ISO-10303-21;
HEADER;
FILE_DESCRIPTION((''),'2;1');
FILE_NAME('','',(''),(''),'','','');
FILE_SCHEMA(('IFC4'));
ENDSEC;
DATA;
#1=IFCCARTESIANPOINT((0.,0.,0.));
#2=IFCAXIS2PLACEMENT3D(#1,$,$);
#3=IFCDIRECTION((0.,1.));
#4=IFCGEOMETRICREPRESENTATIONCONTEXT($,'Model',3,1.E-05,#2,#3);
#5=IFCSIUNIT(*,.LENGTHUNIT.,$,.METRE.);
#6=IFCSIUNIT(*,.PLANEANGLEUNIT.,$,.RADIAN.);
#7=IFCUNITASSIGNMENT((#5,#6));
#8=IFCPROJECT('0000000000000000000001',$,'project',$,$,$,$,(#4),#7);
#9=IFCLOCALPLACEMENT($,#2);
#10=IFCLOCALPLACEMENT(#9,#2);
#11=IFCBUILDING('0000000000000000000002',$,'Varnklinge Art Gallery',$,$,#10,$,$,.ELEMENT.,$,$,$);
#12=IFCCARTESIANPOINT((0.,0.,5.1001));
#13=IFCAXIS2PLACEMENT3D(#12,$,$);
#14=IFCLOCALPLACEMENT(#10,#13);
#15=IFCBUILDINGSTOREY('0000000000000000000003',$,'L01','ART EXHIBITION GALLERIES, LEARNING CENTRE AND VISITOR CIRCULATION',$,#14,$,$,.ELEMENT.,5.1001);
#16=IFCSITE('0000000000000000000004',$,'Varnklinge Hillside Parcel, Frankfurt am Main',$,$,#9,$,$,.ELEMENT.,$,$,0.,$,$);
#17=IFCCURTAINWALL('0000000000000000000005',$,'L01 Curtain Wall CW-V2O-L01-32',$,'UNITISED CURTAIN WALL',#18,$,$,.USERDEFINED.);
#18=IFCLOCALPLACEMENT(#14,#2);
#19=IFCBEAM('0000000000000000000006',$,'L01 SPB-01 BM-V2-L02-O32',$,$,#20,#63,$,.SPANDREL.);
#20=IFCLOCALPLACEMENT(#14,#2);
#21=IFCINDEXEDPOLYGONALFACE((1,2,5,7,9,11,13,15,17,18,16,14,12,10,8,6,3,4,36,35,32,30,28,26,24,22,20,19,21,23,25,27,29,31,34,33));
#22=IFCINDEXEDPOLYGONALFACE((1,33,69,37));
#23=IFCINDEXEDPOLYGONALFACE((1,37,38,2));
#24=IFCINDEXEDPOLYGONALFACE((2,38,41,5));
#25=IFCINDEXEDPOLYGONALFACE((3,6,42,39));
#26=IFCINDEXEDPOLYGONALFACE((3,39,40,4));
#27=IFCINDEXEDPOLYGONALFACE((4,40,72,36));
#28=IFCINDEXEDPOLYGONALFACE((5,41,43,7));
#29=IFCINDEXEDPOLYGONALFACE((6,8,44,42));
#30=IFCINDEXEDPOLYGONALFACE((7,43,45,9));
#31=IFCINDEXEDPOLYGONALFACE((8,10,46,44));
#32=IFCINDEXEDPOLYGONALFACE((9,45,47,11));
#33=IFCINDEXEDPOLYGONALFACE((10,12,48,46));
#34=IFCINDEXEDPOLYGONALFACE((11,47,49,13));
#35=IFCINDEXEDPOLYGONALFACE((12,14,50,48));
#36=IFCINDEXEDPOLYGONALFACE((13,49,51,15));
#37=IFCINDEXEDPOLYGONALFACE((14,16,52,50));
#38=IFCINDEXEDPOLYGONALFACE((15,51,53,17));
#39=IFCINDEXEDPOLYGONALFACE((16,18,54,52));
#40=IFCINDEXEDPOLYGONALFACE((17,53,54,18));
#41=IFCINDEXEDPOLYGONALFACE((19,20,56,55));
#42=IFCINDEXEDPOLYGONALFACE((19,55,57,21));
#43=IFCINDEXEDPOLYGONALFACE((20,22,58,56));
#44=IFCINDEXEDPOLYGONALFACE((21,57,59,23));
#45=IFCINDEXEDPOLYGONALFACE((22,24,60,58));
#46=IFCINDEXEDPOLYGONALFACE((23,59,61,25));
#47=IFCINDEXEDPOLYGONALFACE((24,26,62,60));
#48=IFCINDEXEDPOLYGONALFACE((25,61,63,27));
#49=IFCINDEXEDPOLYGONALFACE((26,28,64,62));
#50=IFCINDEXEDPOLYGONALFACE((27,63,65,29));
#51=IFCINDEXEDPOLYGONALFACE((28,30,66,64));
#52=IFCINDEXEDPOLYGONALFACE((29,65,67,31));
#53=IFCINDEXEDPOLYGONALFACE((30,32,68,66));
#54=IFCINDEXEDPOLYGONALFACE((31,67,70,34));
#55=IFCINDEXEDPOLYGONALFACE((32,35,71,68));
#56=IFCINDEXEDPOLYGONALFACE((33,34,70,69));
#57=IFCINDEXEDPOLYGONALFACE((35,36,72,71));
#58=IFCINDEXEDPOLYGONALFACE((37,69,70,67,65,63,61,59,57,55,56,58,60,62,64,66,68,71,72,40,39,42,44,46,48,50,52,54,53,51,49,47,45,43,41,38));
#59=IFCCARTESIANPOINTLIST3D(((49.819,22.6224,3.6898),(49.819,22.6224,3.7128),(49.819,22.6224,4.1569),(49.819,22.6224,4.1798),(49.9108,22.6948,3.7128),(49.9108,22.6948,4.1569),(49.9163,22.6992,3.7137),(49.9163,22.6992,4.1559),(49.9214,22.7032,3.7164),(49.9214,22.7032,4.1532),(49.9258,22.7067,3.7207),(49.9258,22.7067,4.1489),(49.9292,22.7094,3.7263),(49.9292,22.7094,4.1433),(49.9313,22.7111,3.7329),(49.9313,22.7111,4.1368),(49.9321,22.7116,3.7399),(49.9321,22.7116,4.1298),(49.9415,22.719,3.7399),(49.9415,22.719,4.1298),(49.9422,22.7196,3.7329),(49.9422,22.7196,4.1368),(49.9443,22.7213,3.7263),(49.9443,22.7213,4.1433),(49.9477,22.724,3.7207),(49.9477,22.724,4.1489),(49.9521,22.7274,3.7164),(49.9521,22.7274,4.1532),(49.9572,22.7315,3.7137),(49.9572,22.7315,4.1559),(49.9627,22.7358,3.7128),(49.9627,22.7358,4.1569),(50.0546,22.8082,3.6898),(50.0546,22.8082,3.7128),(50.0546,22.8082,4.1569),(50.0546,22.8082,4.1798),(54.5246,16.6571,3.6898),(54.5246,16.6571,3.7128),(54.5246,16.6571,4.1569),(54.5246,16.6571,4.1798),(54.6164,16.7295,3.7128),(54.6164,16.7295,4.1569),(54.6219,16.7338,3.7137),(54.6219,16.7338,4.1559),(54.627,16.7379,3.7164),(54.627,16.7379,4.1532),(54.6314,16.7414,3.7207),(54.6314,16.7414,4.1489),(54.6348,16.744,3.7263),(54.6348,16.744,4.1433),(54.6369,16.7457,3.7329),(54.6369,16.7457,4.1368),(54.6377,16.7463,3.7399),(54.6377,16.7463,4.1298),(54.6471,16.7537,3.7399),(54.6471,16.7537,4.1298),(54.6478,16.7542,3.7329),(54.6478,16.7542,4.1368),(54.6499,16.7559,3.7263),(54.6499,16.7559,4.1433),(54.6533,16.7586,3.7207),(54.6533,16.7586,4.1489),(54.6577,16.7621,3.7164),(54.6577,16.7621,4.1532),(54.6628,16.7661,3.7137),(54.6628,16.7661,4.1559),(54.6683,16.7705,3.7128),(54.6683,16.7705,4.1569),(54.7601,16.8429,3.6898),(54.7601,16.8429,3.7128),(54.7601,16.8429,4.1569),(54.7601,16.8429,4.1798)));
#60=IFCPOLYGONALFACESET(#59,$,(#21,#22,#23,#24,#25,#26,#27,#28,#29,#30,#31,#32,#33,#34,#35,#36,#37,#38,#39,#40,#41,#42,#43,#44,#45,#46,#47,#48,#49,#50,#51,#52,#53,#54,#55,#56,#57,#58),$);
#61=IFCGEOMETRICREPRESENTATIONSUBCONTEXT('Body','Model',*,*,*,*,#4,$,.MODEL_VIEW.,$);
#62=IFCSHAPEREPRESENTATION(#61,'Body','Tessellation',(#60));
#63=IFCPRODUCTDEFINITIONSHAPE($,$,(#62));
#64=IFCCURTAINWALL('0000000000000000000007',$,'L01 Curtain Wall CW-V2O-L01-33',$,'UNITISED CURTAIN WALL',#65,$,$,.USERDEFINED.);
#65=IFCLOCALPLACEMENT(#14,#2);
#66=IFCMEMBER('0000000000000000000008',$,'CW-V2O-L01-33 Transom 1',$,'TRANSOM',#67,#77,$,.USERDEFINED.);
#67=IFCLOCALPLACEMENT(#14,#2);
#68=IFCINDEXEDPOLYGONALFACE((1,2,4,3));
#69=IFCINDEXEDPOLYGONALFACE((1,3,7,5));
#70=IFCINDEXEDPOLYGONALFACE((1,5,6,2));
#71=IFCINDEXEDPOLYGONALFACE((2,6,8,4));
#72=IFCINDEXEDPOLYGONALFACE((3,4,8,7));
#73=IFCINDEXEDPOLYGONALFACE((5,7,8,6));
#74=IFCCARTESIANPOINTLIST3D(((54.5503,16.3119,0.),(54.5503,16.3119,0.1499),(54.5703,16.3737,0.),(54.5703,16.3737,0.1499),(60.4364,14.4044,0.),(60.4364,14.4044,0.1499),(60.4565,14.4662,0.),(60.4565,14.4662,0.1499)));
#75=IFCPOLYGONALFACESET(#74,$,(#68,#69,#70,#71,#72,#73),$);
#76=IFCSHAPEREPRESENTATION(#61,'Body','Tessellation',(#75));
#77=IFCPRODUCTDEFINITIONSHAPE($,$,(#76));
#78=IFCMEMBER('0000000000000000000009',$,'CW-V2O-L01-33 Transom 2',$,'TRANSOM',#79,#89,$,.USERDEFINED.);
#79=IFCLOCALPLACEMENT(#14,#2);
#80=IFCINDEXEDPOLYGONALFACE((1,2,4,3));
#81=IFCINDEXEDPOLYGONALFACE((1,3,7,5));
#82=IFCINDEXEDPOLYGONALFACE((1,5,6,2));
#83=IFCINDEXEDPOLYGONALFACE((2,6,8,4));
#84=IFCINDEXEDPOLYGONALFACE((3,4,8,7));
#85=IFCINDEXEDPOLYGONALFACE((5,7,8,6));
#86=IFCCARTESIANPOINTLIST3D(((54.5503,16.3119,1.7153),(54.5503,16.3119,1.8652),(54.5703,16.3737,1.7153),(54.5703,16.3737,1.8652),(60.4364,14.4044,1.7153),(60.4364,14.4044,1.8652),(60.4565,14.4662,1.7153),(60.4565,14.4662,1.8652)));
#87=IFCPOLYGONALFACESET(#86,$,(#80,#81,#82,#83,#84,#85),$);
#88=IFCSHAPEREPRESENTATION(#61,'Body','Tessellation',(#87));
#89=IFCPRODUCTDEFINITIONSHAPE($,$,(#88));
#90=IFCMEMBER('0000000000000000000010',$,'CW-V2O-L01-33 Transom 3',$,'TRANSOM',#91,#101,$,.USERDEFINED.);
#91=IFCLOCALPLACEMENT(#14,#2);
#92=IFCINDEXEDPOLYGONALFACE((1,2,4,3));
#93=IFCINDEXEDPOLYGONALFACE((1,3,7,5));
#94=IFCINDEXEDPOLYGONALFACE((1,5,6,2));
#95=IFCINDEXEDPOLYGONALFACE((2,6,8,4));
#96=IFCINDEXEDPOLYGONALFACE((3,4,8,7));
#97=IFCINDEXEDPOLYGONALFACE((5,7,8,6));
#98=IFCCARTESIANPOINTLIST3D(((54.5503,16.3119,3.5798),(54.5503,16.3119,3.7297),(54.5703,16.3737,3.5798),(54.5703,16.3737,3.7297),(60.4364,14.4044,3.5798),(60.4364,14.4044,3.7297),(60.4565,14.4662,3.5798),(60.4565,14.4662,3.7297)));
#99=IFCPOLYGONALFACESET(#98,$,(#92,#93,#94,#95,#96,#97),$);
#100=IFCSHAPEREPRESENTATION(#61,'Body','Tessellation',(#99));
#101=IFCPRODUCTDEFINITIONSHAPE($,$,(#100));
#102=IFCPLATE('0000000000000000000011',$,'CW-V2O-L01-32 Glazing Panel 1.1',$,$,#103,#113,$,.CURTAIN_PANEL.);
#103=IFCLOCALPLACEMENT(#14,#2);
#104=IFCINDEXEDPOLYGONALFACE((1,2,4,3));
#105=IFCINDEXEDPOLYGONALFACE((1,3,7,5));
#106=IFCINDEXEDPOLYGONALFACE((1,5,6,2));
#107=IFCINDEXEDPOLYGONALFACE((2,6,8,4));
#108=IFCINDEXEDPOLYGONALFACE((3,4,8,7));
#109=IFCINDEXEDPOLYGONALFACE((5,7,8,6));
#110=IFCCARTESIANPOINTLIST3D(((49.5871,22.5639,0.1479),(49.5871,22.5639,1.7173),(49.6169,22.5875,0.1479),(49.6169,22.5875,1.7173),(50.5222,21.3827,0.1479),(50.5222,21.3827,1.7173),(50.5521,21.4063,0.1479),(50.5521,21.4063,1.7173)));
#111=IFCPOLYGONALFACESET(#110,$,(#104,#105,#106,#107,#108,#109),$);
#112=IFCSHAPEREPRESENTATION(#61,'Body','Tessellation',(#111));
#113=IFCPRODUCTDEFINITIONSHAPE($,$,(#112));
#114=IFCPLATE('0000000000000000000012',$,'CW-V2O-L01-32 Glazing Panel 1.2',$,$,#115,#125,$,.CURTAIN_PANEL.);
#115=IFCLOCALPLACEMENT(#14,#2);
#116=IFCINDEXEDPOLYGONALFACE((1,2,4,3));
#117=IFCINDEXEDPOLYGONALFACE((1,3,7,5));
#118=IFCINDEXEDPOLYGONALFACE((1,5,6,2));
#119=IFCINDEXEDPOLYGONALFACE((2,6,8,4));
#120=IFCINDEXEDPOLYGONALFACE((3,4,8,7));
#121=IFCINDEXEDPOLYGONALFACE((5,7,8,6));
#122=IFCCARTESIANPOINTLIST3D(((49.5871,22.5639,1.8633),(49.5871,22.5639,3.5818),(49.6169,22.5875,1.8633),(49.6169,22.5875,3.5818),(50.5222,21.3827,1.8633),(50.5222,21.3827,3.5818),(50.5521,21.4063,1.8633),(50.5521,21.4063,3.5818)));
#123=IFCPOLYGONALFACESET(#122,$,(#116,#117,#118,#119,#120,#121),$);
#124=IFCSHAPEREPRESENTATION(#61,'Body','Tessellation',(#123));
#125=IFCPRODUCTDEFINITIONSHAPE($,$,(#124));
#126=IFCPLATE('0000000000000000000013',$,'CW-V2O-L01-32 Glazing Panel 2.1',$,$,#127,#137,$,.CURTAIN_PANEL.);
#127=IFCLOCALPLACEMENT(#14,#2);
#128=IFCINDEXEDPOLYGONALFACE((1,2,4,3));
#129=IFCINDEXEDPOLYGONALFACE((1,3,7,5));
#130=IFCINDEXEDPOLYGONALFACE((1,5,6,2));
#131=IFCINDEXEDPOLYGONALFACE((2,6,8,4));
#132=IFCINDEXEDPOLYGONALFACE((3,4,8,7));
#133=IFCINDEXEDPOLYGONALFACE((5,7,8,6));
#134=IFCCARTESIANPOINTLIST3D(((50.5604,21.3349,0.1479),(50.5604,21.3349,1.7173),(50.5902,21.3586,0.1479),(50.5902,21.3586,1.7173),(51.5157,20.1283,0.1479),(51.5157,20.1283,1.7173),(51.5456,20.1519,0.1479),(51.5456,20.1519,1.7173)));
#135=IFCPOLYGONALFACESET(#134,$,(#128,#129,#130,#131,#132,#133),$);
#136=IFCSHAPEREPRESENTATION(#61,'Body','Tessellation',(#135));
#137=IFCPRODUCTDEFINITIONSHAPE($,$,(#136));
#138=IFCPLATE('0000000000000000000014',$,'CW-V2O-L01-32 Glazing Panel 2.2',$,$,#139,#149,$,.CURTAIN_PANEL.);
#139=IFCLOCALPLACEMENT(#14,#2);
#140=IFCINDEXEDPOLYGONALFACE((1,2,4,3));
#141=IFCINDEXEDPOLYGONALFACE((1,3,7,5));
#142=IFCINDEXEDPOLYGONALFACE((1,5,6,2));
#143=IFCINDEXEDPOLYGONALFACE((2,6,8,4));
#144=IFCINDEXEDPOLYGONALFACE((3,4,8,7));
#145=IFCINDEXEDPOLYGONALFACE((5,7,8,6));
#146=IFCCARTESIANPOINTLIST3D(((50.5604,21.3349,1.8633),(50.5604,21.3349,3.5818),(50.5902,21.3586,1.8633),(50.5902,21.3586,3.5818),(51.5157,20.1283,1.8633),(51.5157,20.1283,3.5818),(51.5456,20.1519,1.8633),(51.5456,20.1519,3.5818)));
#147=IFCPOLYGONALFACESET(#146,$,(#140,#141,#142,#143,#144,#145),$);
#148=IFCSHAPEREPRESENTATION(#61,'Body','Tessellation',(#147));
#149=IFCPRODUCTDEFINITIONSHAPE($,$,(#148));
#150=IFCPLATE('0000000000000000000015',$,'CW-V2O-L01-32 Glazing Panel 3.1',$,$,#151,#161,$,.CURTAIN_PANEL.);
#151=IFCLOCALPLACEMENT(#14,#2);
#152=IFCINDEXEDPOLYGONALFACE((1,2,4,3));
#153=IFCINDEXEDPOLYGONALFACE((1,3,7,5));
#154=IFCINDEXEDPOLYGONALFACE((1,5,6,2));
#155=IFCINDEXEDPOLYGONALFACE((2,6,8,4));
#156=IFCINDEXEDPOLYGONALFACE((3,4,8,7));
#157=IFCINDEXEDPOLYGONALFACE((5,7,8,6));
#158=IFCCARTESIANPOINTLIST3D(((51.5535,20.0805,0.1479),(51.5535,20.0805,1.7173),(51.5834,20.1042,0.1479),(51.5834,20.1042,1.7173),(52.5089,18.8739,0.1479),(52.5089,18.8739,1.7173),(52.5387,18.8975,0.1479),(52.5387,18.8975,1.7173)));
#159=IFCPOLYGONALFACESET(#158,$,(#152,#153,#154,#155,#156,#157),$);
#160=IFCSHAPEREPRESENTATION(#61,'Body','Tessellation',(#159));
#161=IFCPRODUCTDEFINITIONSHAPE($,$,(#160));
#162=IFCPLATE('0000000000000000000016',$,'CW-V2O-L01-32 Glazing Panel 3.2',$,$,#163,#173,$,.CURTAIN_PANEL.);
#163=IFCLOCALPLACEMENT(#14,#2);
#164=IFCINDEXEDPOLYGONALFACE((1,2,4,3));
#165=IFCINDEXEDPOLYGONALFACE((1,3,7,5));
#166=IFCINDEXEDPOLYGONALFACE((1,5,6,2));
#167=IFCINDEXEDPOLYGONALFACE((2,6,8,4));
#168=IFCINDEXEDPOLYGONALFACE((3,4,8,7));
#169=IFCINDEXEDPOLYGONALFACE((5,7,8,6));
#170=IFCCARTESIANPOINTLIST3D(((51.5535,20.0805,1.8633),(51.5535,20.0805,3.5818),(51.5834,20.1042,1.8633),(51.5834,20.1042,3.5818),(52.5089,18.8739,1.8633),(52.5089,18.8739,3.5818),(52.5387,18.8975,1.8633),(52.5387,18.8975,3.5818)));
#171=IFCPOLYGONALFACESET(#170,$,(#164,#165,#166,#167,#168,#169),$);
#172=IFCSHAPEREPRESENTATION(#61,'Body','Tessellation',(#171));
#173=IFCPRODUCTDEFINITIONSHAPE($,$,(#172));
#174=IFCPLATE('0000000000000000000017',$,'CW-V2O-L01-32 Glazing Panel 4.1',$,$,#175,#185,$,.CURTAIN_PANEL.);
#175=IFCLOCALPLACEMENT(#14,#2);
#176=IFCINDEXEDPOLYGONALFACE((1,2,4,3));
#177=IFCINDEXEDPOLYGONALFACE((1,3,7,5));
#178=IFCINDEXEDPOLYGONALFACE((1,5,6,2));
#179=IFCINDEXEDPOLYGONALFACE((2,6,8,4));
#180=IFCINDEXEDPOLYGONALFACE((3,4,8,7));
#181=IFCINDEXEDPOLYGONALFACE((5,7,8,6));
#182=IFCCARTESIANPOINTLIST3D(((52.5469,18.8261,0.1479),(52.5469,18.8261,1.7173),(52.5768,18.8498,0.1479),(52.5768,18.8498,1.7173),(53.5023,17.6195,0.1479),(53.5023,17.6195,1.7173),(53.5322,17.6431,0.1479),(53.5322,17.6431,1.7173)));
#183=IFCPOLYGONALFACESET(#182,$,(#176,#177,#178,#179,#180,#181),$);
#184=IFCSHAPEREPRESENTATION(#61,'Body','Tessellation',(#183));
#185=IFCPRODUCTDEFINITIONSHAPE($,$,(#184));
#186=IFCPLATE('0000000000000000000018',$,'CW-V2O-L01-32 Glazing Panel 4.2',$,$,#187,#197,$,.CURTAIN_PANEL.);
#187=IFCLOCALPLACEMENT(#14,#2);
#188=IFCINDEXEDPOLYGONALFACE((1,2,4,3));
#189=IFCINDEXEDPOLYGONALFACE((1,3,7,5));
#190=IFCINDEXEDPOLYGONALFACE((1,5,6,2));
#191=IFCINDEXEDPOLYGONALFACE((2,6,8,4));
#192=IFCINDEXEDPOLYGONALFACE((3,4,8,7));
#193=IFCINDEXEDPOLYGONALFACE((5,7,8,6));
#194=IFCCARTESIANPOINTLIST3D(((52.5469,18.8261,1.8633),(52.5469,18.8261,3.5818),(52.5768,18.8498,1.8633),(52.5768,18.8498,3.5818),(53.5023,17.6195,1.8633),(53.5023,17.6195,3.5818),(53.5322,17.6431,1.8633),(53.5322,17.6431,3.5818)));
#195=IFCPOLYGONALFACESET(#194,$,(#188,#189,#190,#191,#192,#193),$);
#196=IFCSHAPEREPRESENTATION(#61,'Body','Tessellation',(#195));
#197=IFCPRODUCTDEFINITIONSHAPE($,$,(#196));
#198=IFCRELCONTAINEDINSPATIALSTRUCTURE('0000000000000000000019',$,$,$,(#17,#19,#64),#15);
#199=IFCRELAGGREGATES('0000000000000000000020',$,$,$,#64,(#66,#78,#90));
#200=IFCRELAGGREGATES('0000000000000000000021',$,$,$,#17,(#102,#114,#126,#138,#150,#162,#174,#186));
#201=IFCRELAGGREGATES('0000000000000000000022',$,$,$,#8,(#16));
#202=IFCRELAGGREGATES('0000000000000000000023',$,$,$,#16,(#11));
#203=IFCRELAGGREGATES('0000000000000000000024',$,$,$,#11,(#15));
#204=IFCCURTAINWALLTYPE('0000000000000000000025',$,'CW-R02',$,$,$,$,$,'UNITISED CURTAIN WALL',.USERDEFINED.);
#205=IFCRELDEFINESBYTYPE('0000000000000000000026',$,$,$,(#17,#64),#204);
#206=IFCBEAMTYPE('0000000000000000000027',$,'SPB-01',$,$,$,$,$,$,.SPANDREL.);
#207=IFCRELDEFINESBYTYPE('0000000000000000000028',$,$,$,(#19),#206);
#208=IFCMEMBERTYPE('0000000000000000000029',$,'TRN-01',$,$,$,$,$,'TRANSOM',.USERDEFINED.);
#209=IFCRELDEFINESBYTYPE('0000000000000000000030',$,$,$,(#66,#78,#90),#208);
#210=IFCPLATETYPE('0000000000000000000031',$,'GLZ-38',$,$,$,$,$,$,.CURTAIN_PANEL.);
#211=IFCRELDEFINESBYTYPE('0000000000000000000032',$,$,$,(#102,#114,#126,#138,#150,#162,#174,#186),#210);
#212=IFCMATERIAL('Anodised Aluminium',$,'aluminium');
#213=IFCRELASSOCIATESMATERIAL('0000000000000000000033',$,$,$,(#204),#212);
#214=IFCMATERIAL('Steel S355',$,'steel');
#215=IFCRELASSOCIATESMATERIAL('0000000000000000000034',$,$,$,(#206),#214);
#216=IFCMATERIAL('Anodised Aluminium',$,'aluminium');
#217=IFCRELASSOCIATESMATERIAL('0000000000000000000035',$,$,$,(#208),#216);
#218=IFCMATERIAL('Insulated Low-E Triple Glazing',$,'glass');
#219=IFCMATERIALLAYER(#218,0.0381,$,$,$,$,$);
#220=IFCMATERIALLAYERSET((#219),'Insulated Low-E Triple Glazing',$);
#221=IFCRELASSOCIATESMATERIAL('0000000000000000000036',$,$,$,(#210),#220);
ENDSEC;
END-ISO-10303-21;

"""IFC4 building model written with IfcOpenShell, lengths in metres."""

from ifc_helpers import new_model, si_unit, direction, frame, origin, origin_2d, place, context, subcontext, project, spatial, rectangle, i_section, extrude, material, layer, layer_set, material_profile, profile_set, type_object, element, aggregate, save


model = new_model("IFC4")

# Units and contexts
model_context = context("Model", 3, precision=1e-05, world=origin(), true_north=direction((0.0, 1.0)))
body_context = subcontext(model_context, "Body", "Model", "MODEL_VIEW")
ifc_project = project(units=[si_unit("LENGTHUNIT", "METRE"), si_unit("PLANEANGLEUNIT", "RADIAN")], contexts=[model_context])

# Site, building, storey
site_placement = place(None, origin())
site = spatial("IfcSite", under=ifc_project, at=site_placement, Name="Varnklinge Hillside Parcel, Frankfurt am Main", CompositionType="ELEMENT", RefElevation=0.0)
building_placement = place(site_placement, origin())
building = spatial("IfcBuilding", under=site, at=building_placement, Name="Varnklinge Art Gallery", CompositionType="ELEMENT")
storey_placement = place(building_placement, frame((0.0, 0.0, 5.1001)))
storey = spatial("IfcBuildingStorey", under=building, at=storey_placement, Name="L01", Description="ART EXHIBITION GALLERIES, LEARNING CENTRE AND VISITOR CIRCULATION", CompositionType="ELEMENT", Elevation=5.1001)

# Curtain wall
ifc_material_1 = material(Name="Anodised Aluminium", Category="aluminium")
curtain_wall_type = type_object("IfcCurtainWallType", Name="CW-R02", ElementType="UNITISED CURTAIN WALL", PredefinedType="USERDEFINED", material=ifc_material_1)
curtain_wall_1_placement = place(storey_placement, origin())
curtain_wall_1 = element("IfcCurtainWall", 1, at=curtain_wall_1_placement, inside=storey, type_object=curtain_wall_type, Name="L01 Curtain Wall CW-V2O-L01-32", ObjectType="UNITISED CURTAIN WALL", PredefinedType="USERDEFINED")

# Beam
ifc_material_2 = material(Name="Steel S355", Category="steel")
ifc_material_profile_1 = material_profile(ifc_material_2, i_section(OverallWidth=0.3, OverallDepth=0.49, WebThickness=0.012, FlangeThickness=0.0229, FilletRadius=0.0271, at=origin_2d()), Name="HEA 500")
ifc_profile_set_1 = profile_set([ifc_material_profile_1], Name="Steel S355")
beam_type_1 = type_object("IfcBeamType", Name="SPB-01", PredefinedType="SPANDREL", material=ifc_profile_set_1)
beam_1_placement = place(storey_placement, frame((49.9368, 22.7153, 3.9348), z_axis=(0.619328, -0.785133, 0.0), x_axis=(0.785133, 0.619328, 0.0)))
element("IfcBeam", 2, at=beam_1_placement, inside=storey, type_object=beam_type_1, Name="L01 SPB-01 BM-V2-L02-O32", PredefinedType="SPANDREL", context=body_context, shape_type="SweptSolid", body=[
    extrude(i_section(OverallWidth=0.3, OverallDepth=0.49, WebThickness=0.012, FlangeThickness=0.0229, FilletRadius=0.0271, at=origin_2d()), origin(), (0.0, 0.0, 1.0), 7.5979),
])

# Curtain wall, members
curtain_wall_2_placement = place(storey_placement, origin())
curtain_wall_2 = element("IfcCurtainWall", 3, at=curtain_wall_2_placement, inside=storey, type_object=curtain_wall_type, Name="L01 Curtain Wall CW-V2O-L01-33", ObjectType="UNITISED CURTAIN WALL", PredefinedType="USERDEFINED")
ifc_material_3 = material(Name="Anodised Aluminium", Category="aluminium")
ifc_material_profile_2 = material_profile(ifc_material_3, rectangle(XDim=0.0649, YDim=0.1499, at=origin_2d()), Name="ALU 65x150")
ifc_profile_set_2 = profile_set([ifc_material_profile_2], Name="Anodised Aluminium")
member_type_1 = type_object("IfcMemberType", Name="TRN-01", ElementType="TRANSOM", PredefinedType="USERDEFINED", material=ifc_profile_set_2)
member_1_placement = place(storey_placement, frame((54.5603, 16.3428, 0.075), z_axis=(0.951298, -0.308274, 0.0), x_axis=(0.308274, 0.951298, 0.0)))
member_1 = element("IfcMember", 4, at=member_1_placement, type_object=member_type_1, Name="CW-V2O-L01-33 Transom 1", ObjectType="TRANSOM", PredefinedType="USERDEFINED", context=body_context, shape_type="SweptSolid", body=[
    extrude(rectangle(XDim=0.0649, YDim=0.1499, at=origin_2d()), origin(), (0.0, 0.0, 1.0), 6.1875),
])
member_2_placement = place(storey_placement, frame((54.5603, 16.3428, 1.7903), z_axis=(0.951298, -0.308274, 0.0), x_axis=(0.308274, 0.951298, 0.0)))
member_2 = element("IfcMember", 5, at=member_2_placement, type_object=member_type_1, Name="CW-V2O-L01-33 Transom 2", ObjectType="TRANSOM", PredefinedType="USERDEFINED", context=body_context, shape_type="SweptSolid", body=[
    extrude(rectangle(XDim=0.0649, YDim=0.1499, at=origin_2d()), origin(), (0.0, 0.0, 1.0), 6.1875),
])
member_3_placement = place(storey_placement, frame((54.5603, 16.3428, 3.6548), z_axis=(0.951298, -0.308274, 0.0), x_axis=(0.308274, 0.951298, 0.0)))
member_3 = element("IfcMember", 6, at=member_3_placement, type_object=member_type_1, Name="CW-V2O-L01-33 Transom 3", ObjectType="TRANSOM", PredefinedType="USERDEFINED", context=body_context, shape_type="SweptSolid", body=[
    extrude(rectangle(XDim=0.0649, YDim=0.1499, at=origin_2d()), origin(), (0.0, 0.0, 1.0), 6.1875),
])
aggregate(curtain_wall_2, [member_1, member_2, member_3])

# Plates
ifc_material_4 = material(Name="Insulated Low-E Triple Glazing", Category="glass")
ifc_layer_1 = layer(ifc_material_4, 0.0381)
ifc_layer_set_1 = layer_set([ifc_layer_1], Name="Insulated Low-E Triple Glazing")
plate_type_1 = type_object("IfcPlateType", Name="GLZ-38", PredefinedType="CURTAIN_PANEL", material=ifc_layer_set_1)
plate_1_placement = place(storey_placement, frame((50.0696, 21.9851, 0.1479), z_axis=(0.0, 0.0, 1.0), x_axis=(0.620737, -0.784019, 0.0)))
plate_1 = element("IfcPlate", 7, at=plate_1_placement, type_object=plate_type_1, Name="CW-V2O-L01-32 Glazing Panel 1.1", PredefinedType="CURTAIN_PANEL", context=body_context, shape_type="SweptSolid", body=[
    extrude(rectangle(XDim=1.5066, YDim=0.0381, at=origin_2d()), origin(), (0.0, 0.0, 1.0), 1.5693),
])
plate_2_placement = place(storey_placement, frame((50.0696, 21.9851, 1.8633), z_axis=(0.0, 0.0, 1.0), x_axis=(0.620737, -0.784019, 0.0)))
plate_2 = element("IfcPlate", 8, at=plate_2_placement, type_object=plate_type_1, Name="CW-V2O-L01-32 Glazing Panel 1.2", PredefinedType="CURTAIN_PANEL", context=body_context, shape_type="SweptSolid", body=[
    extrude(rectangle(XDim=1.5066, YDim=0.0381, at=origin_2d()), origin(), (0.0, 0.0, 1.0), 1.7185),
])
plate_3_placement = place(storey_placement, frame((51.053, 20.7434, 0.1479), z_axis=(0.0, 0.0, 1.0), x_axis=(0.620737, -0.784019, 0.0)))
plate_3 = element("IfcPlate", 9, at=plate_3_placement, type_object=plate_type_1, Name="CW-V2O-L01-32 Glazing Panel 2.1", PredefinedType="CURTAIN_PANEL", context=body_context, shape_type="SweptSolid", body=[
    extrude(rectangle(XDim=1.5391, YDim=0.0381, at=origin_2d()), origin(), (0.0, 0.0, 1.0), 1.5693),
])
plate_4_placement = place(storey_placement, frame((51.053, 20.7434, 1.8633), z_axis=(0.0, 0.0, 1.0), x_axis=(0.620737, -0.784019, 0.0)))
plate_4 = element("IfcPlate", 10, at=plate_4_placement, type_object=plate_type_1, Name="CW-V2O-L01-32 Glazing Panel 2.2", PredefinedType="CURTAIN_PANEL", context=body_context, shape_type="SweptSolid", body=[
    extrude(rectangle(XDim=1.5391, YDim=0.0381, at=origin_2d()), origin(), (0.0, 0.0, 1.0), 1.7185),
])
plate_5_placement = place(storey_placement, frame((52.0461, 19.489, 0.1479), z_axis=(0.0, 0.0, 1.0), x_axis=(0.620737, -0.784019, 0.0)))
plate_5 = element("IfcPlate", 11, at=plate_5_placement, type_object=plate_type_1, Name="CW-V2O-L01-32 Glazing Panel 3.1", PredefinedType="CURTAIN_PANEL", context=body_context, shape_type="SweptSolid", body=[
    extrude(rectangle(XDim=1.5391, YDim=0.0381, at=origin_2d()), origin(), (0.0, 0.0, 1.0), 1.5693),
])
plate_6_placement = place(storey_placement, frame((52.0461, 19.489, 1.8633), z_axis=(0.0, 0.0, 1.0), x_axis=(0.620737, -0.784019, 0.0)))
plate_6 = element("IfcPlate", 12, at=plate_6_placement, type_object=plate_type_1, Name="CW-V2O-L01-32 Glazing Panel 3.2", PredefinedType="CURTAIN_PANEL", context=body_context, shape_type="SweptSolid", body=[
    extrude(rectangle(XDim=1.5391, YDim=0.0381, at=origin_2d()), origin(), (0.0, 0.0, 1.0), 1.7185),
])
plate_7_placement = place(storey_placement, frame((53.0396, 18.2346, 0.1479), z_axis=(0.0, 0.0, 1.0), x_axis=(0.620737, -0.784019, 0.0)))
plate_7 = element("IfcPlate", 13, at=plate_7_placement, type_object=plate_type_1, Name="CW-V2O-L01-32 Glazing Panel 4.1", PredefinedType="CURTAIN_PANEL", context=body_context, shape_type="SweptSolid", body=[
    extrude(rectangle(XDim=1.5391, YDim=0.0381, at=origin_2d()), origin(), (0.0, 0.0, 1.0), 1.5693),
])
plate_8_placement = place(storey_placement, frame((53.0396, 18.2346, 1.8633), z_axis=(0.0, 0.0, 1.0), x_axis=(0.620737, -0.784019, 0.0)))
plate_8 = element("IfcPlate", 14, at=plate_8_placement, type_object=plate_type_1, Name="CW-V2O-L01-32 Glazing Panel 4.2", PredefinedType="CURTAIN_PANEL", context=body_context, shape_type="SweptSolid", body=[
    extrude(rectangle(XDim=1.5391, YDim=0.0381, at=origin_2d()), origin(), (0.0, 0.0, 1.0), 1.7185),
])
aggregate(curtain_wall_1, [plate_1, plate_2, plate_3, plate_4, plate_5, plate_6, plate_7, plate_8])

save(model, "model.ifc")
